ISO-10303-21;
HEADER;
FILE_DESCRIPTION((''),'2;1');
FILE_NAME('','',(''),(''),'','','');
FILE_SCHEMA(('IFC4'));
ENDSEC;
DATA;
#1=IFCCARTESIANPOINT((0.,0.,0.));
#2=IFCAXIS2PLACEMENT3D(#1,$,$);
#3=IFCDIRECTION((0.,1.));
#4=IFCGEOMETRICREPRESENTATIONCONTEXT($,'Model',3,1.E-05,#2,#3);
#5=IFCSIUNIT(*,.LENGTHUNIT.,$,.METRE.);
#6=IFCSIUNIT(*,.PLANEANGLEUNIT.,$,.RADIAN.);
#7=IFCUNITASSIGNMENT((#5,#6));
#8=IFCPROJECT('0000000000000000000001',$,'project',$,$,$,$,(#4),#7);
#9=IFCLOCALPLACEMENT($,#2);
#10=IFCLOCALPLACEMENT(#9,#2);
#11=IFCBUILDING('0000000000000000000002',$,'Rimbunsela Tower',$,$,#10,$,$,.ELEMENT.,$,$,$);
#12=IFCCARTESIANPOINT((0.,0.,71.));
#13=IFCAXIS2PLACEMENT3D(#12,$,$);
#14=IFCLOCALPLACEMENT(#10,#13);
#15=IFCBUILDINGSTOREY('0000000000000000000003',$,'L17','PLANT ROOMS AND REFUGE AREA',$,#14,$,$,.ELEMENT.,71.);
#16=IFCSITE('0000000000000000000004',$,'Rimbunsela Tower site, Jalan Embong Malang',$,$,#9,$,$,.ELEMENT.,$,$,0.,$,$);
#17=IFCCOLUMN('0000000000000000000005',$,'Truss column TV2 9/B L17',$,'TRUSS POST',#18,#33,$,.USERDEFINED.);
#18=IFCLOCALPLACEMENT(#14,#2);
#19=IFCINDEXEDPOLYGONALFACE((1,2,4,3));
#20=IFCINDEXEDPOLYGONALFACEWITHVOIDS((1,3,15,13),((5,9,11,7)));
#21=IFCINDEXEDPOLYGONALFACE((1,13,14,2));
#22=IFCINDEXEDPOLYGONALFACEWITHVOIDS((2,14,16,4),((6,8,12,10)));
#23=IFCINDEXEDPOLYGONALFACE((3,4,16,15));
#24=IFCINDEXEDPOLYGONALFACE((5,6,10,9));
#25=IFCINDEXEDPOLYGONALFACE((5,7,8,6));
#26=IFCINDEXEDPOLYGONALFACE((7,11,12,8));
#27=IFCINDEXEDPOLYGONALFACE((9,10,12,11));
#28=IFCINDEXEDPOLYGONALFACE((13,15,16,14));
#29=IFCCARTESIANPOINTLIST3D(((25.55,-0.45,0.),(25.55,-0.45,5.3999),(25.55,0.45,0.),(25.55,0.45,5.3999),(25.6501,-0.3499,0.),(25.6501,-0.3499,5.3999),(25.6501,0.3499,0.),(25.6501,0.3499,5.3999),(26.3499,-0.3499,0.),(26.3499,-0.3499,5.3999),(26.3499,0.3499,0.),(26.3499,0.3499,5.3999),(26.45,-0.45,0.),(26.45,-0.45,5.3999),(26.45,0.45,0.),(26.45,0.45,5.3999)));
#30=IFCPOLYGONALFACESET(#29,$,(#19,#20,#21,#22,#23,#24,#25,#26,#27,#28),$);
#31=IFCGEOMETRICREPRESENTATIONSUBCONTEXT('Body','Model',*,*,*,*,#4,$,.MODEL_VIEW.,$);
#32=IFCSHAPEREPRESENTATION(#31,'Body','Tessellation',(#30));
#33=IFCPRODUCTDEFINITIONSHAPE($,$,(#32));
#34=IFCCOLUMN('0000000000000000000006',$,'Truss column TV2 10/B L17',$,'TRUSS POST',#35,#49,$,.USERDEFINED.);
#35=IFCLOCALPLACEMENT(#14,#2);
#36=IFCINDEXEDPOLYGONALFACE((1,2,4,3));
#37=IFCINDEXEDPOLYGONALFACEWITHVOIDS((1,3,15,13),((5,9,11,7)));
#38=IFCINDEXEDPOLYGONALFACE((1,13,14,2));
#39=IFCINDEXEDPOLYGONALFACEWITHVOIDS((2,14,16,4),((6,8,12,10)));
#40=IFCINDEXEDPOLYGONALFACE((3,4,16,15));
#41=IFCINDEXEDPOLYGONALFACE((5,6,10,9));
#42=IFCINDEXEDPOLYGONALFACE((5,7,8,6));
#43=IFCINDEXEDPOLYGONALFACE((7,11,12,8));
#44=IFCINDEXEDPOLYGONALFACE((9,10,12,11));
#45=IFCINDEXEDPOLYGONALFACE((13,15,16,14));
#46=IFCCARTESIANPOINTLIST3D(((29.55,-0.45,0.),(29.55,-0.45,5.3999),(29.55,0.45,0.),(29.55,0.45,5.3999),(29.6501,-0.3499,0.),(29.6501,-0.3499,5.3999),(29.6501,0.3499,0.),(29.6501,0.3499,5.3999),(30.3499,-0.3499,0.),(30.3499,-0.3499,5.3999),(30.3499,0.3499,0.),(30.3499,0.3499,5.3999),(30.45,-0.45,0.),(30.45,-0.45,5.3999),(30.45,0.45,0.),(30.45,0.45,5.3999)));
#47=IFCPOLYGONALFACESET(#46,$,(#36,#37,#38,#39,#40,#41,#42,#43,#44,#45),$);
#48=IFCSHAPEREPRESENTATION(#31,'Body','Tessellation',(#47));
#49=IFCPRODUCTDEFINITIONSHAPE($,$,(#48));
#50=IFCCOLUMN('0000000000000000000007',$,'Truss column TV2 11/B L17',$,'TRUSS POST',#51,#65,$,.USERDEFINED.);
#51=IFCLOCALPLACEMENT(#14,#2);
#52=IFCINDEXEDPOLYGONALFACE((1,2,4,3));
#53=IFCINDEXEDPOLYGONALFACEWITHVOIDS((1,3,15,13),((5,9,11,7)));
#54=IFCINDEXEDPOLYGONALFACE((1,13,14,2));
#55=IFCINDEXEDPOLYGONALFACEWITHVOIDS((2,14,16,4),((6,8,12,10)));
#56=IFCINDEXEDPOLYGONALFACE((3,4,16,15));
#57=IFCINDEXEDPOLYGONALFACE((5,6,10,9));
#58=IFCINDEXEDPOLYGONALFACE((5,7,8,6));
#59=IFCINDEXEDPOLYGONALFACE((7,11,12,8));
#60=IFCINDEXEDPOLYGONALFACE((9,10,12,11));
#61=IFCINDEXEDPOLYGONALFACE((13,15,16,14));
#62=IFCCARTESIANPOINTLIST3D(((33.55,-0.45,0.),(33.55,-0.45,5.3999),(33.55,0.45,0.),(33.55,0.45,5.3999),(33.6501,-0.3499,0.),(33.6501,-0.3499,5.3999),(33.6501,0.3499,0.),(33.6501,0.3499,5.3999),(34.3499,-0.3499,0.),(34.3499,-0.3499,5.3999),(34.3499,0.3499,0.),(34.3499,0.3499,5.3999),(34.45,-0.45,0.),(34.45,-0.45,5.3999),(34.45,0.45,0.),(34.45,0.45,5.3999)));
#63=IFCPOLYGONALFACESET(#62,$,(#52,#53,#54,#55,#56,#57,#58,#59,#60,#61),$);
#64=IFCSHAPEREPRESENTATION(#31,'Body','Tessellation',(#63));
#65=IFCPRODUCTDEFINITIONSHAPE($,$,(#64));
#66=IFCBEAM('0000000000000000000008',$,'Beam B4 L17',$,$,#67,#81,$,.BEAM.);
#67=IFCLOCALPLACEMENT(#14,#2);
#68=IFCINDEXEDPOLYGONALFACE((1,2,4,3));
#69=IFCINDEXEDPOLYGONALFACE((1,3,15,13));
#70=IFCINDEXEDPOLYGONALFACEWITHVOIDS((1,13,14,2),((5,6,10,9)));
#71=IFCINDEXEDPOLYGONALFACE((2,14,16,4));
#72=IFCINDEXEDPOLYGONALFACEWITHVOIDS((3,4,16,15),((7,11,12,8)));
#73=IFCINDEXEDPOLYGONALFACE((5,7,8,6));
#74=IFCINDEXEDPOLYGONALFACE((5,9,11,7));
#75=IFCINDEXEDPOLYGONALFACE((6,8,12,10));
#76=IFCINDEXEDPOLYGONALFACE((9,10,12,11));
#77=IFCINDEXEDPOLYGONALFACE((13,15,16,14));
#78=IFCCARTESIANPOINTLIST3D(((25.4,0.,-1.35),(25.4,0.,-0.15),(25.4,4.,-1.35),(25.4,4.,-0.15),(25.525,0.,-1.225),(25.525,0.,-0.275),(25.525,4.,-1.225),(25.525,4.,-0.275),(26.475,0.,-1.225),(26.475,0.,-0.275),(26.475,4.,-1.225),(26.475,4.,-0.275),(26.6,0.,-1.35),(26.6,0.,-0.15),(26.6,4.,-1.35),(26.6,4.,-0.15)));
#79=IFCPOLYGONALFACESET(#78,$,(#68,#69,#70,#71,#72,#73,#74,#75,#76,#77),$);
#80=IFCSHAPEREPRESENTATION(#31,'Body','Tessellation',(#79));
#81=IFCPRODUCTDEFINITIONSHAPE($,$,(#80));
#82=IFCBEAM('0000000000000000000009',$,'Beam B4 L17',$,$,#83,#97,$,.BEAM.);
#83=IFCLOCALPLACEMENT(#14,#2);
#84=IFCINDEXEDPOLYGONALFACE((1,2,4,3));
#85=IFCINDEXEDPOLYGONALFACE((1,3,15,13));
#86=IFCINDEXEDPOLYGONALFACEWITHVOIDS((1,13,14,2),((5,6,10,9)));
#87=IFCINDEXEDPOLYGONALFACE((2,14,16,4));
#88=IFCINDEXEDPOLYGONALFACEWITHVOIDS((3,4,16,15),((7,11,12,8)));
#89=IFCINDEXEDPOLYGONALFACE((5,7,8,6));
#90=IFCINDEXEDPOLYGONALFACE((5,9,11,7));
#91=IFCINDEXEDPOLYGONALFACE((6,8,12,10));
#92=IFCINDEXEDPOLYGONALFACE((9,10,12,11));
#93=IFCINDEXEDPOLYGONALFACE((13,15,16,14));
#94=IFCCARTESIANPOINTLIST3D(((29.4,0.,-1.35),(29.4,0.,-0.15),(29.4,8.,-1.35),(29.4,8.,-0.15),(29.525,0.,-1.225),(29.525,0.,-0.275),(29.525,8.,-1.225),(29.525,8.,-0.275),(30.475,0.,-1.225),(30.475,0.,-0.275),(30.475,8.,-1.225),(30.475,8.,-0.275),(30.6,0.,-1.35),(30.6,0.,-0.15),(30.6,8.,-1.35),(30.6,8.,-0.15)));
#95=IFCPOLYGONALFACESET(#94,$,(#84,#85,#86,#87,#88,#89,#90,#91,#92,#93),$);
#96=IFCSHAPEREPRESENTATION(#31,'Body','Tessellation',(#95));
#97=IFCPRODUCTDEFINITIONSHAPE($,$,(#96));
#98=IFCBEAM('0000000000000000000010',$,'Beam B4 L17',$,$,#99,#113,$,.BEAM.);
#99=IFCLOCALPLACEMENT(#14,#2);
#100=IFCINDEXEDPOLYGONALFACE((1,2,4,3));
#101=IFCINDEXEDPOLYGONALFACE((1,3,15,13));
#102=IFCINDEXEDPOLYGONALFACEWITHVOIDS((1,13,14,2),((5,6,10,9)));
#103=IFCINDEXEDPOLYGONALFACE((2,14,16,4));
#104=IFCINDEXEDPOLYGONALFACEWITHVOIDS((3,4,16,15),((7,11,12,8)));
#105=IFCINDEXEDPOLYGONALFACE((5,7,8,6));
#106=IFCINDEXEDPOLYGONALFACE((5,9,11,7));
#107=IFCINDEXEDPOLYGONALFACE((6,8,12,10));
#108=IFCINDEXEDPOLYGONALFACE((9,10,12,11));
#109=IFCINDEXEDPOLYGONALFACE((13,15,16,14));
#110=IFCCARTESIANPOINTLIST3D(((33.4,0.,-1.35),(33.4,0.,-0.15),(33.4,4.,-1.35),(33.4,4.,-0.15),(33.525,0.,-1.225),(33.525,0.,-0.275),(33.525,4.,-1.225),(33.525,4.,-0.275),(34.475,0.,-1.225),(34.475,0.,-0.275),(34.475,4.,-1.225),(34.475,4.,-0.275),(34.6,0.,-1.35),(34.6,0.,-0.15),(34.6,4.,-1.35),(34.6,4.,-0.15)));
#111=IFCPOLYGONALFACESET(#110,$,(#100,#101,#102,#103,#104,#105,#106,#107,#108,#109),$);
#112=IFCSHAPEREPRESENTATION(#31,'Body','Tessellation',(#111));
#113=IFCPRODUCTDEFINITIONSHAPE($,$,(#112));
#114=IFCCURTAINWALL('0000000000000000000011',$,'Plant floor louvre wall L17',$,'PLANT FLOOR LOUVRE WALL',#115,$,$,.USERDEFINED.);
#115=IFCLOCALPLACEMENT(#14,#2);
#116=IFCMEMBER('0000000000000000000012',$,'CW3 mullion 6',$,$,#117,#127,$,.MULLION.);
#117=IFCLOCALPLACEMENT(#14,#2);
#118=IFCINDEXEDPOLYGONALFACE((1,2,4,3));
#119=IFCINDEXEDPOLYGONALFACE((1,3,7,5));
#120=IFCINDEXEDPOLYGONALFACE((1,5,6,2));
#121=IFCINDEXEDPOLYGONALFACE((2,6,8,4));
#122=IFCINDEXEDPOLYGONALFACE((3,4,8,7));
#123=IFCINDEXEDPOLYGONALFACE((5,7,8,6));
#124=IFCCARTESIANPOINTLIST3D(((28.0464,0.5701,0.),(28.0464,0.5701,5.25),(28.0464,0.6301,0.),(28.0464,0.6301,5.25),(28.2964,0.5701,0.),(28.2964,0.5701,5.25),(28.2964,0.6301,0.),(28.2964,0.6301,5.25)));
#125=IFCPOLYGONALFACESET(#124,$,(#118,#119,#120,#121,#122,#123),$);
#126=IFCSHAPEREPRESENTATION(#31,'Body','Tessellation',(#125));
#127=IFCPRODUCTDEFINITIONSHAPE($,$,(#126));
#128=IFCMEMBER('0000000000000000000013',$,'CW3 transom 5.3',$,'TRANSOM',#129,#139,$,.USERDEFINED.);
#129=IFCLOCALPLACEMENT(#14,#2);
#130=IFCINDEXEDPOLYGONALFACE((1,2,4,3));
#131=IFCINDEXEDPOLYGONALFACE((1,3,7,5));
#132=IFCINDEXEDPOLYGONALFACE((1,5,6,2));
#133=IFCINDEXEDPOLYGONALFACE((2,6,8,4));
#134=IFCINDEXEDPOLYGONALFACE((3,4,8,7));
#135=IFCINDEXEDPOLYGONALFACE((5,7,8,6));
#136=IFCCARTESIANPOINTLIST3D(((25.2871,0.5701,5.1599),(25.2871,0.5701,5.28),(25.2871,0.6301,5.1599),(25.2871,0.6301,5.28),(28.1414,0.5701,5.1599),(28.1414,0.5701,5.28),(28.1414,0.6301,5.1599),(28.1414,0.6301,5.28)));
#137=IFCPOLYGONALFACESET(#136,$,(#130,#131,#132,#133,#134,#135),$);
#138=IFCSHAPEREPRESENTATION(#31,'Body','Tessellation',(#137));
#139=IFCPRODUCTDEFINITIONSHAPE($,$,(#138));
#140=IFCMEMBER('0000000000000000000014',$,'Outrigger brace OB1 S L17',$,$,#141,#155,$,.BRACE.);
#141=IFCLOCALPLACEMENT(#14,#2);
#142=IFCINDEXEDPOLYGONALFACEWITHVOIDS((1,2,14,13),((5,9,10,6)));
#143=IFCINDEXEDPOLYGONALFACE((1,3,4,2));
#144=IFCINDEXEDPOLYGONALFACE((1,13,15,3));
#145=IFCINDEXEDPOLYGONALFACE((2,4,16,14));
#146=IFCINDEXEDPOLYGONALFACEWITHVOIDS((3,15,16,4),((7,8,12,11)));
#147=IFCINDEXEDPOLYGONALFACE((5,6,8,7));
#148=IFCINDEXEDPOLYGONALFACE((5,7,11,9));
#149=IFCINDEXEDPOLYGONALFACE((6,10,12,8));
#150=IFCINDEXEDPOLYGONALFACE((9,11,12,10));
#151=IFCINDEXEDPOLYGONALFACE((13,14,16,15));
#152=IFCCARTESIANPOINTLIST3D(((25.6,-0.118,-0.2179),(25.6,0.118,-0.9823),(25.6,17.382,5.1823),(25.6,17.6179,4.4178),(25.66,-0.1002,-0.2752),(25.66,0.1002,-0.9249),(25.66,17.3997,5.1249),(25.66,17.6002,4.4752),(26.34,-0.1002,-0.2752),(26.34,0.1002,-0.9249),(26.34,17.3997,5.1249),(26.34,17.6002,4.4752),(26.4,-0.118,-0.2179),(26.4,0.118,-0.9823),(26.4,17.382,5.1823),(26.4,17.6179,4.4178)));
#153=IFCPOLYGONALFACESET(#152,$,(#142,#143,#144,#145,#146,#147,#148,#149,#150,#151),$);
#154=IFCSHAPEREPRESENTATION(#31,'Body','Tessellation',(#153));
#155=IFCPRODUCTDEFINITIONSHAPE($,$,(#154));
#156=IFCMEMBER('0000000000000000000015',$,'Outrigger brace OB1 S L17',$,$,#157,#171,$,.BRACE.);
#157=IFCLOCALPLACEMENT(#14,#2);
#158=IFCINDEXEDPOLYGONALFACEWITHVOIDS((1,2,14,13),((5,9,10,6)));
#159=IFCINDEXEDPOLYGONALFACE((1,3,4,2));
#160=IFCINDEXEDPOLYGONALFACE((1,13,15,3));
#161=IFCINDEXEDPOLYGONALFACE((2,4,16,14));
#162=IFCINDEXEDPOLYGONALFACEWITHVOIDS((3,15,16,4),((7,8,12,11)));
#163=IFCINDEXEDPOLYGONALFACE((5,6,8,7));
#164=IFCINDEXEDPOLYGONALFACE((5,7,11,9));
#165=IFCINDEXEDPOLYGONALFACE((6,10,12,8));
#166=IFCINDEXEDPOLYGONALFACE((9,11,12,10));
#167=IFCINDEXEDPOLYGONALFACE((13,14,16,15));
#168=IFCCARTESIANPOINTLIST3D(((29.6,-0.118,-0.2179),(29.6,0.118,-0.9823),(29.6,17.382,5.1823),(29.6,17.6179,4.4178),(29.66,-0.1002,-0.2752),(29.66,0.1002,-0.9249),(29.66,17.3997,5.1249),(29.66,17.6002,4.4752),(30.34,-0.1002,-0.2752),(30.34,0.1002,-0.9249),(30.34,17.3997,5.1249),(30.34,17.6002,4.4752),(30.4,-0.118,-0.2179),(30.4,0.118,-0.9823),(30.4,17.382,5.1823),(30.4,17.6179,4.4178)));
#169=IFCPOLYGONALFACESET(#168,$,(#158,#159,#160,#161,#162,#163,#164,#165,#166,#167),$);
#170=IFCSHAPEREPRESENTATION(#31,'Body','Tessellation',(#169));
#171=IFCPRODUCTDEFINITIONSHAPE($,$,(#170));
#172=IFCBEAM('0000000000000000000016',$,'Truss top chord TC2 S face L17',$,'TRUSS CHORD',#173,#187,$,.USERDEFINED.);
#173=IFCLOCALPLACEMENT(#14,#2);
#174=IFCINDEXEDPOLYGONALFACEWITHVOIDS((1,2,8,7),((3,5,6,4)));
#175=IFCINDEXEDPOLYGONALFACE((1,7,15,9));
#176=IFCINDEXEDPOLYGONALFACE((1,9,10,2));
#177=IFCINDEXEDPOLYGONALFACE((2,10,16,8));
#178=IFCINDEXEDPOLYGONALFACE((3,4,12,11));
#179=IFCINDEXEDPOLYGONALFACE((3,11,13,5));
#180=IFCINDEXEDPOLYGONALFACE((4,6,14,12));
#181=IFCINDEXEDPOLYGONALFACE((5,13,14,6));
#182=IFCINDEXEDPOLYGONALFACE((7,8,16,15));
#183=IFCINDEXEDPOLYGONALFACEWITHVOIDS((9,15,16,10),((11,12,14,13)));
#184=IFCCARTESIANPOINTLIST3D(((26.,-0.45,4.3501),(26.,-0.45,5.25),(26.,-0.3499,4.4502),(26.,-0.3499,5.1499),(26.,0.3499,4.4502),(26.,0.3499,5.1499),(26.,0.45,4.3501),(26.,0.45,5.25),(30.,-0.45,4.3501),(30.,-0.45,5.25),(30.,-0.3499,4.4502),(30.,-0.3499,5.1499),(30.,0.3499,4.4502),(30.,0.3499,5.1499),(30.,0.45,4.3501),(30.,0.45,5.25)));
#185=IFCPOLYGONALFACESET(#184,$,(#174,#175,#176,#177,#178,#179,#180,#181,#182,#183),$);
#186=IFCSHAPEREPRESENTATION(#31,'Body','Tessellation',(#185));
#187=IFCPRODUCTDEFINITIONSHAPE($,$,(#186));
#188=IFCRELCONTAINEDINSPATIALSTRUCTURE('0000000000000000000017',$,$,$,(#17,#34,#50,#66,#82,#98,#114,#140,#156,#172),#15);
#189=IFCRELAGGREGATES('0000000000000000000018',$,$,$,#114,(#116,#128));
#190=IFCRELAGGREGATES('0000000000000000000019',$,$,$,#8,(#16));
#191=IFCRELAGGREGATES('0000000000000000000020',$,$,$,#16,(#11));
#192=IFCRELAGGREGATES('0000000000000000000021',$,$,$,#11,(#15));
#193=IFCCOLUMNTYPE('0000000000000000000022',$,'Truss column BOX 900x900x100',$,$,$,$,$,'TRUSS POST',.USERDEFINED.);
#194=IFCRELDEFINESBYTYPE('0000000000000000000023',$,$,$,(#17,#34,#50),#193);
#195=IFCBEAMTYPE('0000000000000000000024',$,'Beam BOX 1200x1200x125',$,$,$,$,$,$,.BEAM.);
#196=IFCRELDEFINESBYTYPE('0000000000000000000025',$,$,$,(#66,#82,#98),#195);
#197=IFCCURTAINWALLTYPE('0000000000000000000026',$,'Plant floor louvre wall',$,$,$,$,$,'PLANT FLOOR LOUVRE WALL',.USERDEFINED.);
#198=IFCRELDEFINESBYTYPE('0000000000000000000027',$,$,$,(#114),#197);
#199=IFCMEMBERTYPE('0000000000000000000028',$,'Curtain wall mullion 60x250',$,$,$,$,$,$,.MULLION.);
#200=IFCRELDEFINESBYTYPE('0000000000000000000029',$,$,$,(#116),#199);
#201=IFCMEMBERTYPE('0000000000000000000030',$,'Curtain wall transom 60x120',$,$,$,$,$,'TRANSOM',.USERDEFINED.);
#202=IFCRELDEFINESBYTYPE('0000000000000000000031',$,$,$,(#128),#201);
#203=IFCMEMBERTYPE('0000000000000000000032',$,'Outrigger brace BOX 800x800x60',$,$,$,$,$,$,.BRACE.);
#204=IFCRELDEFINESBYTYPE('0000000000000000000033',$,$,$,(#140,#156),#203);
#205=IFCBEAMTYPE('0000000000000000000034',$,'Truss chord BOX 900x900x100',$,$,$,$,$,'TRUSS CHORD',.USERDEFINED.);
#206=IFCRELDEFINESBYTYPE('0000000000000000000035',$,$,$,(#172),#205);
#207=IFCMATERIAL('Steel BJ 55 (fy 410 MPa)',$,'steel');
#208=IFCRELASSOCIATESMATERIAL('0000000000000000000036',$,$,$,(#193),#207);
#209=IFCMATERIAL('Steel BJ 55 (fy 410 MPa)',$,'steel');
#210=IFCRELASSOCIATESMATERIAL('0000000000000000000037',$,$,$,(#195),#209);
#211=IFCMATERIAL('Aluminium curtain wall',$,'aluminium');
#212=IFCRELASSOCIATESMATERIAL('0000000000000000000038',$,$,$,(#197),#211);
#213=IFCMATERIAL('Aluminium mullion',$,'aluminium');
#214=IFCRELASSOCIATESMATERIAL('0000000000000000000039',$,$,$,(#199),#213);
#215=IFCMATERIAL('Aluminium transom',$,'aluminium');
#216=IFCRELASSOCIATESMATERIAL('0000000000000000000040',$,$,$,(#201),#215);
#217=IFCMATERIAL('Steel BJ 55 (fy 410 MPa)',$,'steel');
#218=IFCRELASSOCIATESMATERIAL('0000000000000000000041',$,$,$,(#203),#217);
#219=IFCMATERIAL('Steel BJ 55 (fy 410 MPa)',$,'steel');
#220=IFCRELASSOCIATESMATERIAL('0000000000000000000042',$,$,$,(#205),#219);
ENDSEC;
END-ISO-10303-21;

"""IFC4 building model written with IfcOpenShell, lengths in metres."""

from ifc_helpers import new_model, si_unit, direction, frame, origin, origin_2d, place, context, subcontext, project, spatial, rectangle, hollow_rectangle, extrude, material, material_profile, profile_set, type_object, element, aggregate, save


model = new_model("IFC4")

# Units and contexts
model_context = context("Model", 3, precision=1e-05, world=origin(), true_north=direction((0.0, 1.0)))
body_context = subcontext(model_context, "Body", "Model", "MODEL_VIEW")
ifc_project = project(units=[si_unit("LENGTHUNIT", "METRE"), si_unit("PLANEANGLEUNIT", "RADIAN")], contexts=[model_context])

# Site, building, storey
site_placement = place(None, origin())
site = spatial("IfcSite", under=ifc_project, at=site_placement, Name="Rimbunsela Tower site, Jalan Embong Malang", CompositionType="ELEMENT", RefElevation=0.0)
building_placement = place(site_placement, origin())
building = spatial("IfcBuilding", under=site, at=building_placement, Name="Rimbunsela Tower", CompositionType="ELEMENT")
storey_placement = place(building_placement, frame((0.0, 0.0, 71.0)))
storey = spatial("IfcBuildingStorey", under=building, at=storey_placement, Name="L17", Description="PLANT ROOMS AND REFUGE AREA", CompositionType="ELEMENT", Elevation=71.0)

# Columns
ifc_material_1 = material(Name="Steel BJ 55 (fy 410 MPa)", Category="steel")
ifc_material_profile_1 = material_profile(ifc_material_1, hollow_rectangle(XDim=0.8999, YDim=0.8999, WallThickness=0.1001, at=origin_2d()), Name="BOX 900x900x100")
ifc_profile_set_1 = profile_set([ifc_material_profile_1], Name="Steel BJ 55 (fy 410 MPa)")
column_type = type_object("IfcColumnType", Name="Truss column BOX 900x900x100", ElementType="TRUSS POST", PredefinedType="USERDEFINED", material=ifc_profile_set_1)
for number, where, z_axis, x_axis, name in (
    (1, (26.0, 0.0, 0.0), (0.0, 0.0, 1.0), (1.0, 0.0, 0.0), "Truss column TV2 9/B L17"),
    (2, (30.0, 0.0, 0.0), (0.0, 0.0, 1.0), (1.0, 0.0, 0.0), "Truss column TV2 10/B L17"),
    (3, (34.0, 0.0, 0.0), (0.0, 0.0, 1.0), (1.0, 0.0, 0.0), "Truss column TV2 11/B L17"),
):
    element("IfcColumn", number, at=place(storey_placement, frame(where, z_axis=z_axis, x_axis=x_axis)), inside=storey, type_object=column_type, Name=name, ObjectType="TRUSS POST", PredefinedType="USERDEFINED", context=body_context, shape_type="SweptSolid", body=[
        extrude(hollow_rectangle(XDim=0.8999, YDim=0.8999, WallThickness=0.1001, at=origin_2d()), origin(), (0.0, 0.0, 1.0), 5.3999),
    ])

# Beams
ifc_material_2 = material(Name="Steel BJ 55 (fy 410 MPa)", Category="steel")
ifc_material_profile_2 = material_profile(ifc_material_2, hollow_rectangle(XDim=1.2, YDim=1.2, WallThickness=0.125, at=origin_2d()), Name="BOX 1200x1200x125")
ifc_profile_set_2 = profile_set([ifc_material_profile_2], Name="Steel BJ 55 (fy 410 MPa)")
beam_type_1 = type_object("IfcBeamType", Name="Beam BOX 1200x1200x125", PredefinedType="BEAM", material=ifc_profile_set_2)
beam_1_placement = place(storey_placement, frame((26.0, 0.0, -0.75), z_axis=(0.0, 1.0, 0.0), x_axis=(-1.0, 0.0, 0.0)))
element("IfcBeam", 4, at=beam_1_placement, inside=storey, type_object=beam_type_1, Name="Beam B4 L17", PredefinedType="BEAM", context=body_context, shape_type="SweptSolid", body=[
    extrude(hollow_rectangle(XDim=1.2, YDim=1.2, WallThickness=0.125, at=origin_2d()), origin(), (0.0, 0.0, 1.0), 4.0),
])
beam_2_placement = place(storey_placement, frame((30.0, 0.0, -0.75), z_axis=(0.0, 1.0, 0.0), x_axis=(-1.0, 0.0, 0.0)))
element("IfcBeam", 5, at=beam_2_placement, inside=storey, type_object=beam_type_1, Name="Beam B4 L17", PredefinedType="BEAM", context=body_context, shape_type="SweptSolid", body=[
    extrude(hollow_rectangle(XDim=1.2, YDim=1.2, WallThickness=0.125, at=origin_2d()), origin(), (0.0, 0.0, 1.0), 8.0),
])
beam_3_placement = place(storey_placement, frame((34.0, 0.0, -0.75), z_axis=(0.0, 1.0, 0.0), x_axis=(-1.0, 0.0, 0.0)))
element("IfcBeam", 6, at=beam_3_placement, inside=storey, type_object=beam_type_1, Name="Beam B4 L17", PredefinedType="BEAM", context=body_context, shape_type="SweptSolid", body=[
    extrude(hollow_rectangle(XDim=1.2, YDim=1.2, WallThickness=0.125, at=origin_2d()), origin(), (0.0, 0.0, 1.0), 4.0),
])

# Curtain wall, members
ifc_material_3 = material(Name="Aluminium curtain wall", Category="aluminium")
curtain_wall_type = type_object("IfcCurtainWallType", Name="Plant floor louvre wall", ElementType="PLANT FLOOR LOUVRE WALL", PredefinedType="USERDEFINED", material=ifc_material_3)
curtain_wall_placement = place(storey_placement, origin())
curtain_wall = element("IfcCurtainWall", 7, at=curtain_wall_placement, inside=storey, type_object=curtain_wall_type, Name="Plant floor louvre wall L17", ObjectType="PLANT FLOOR LOUVRE WALL", PredefinedType="USERDEFINED")
ifc_material_4 = material(Name="Aluminium mullion", Category="aluminium")
ifc_material_profile_3 = material_profile(ifc_material_4, rectangle(XDim=0.0601, YDim=0.25, at=origin_2d()), Name="Mullion 60x250")
ifc_profile_set_3 = profile_set([ifc_material_profile_3], Name="Aluminium mullion")
member_type_1 = type_object("IfcMemberType", Name="Curtain wall mullion 60x250", PredefinedType="MULLION", material=ifc_profile_set_3)
member_1_placement = place(storey_placement, frame((28.1714, 0.6001, 0.0), z_axis=(0.0, 0.0, 1.0), x_axis=(0.0, 1.0, 0.0)))
member_1 = element("IfcMember", 8, at=member_1_placement, type_object=member_type_1, Name="CW3 mullion 6", PredefinedType="MULLION", context=body_context, shape_type="SweptSolid", body=[
    extrude(rectangle(XDim=0.0601, YDim=0.25, at=origin_2d()), origin(), (0.0, 0.0, 1.0), 5.25),
])
ifc_material_5 = material(Name="Aluminium transom", Category="aluminium")
ifc_material_profile_4 = material_profile(ifc_material_5, rectangle(XDim=0.0601, YDim=0.1201, at=origin_2d()), Name="Transom 60x120")
ifc_profile_set_4 = profile_set([ifc_material_profile_4], Name="Aluminium transom")
member_type_2 = type_object("IfcMemberType", Name="Curtain wall transom 60x120", ElementType="TRANSOM", PredefinedType="USERDEFINED", material=ifc_profile_set_4)
member_2_placement = place(storey_placement, frame((25.2871, 0.6001, 5.22), z_axis=(1.0, 0.0, 0.0), x_axis=(0.0, 1.0, 0.0)))
member_2 = element("IfcMember", 9, at=member_2_placement, type_object=member_type_2, Name="CW3 transom 5.3", ObjectType="TRANSOM", PredefinedType="USERDEFINED", context=body_context, shape_type="SweptSolid", body=[
    extrude(rectangle(XDim=0.0601, YDim=0.1201, at=origin_2d()), origin(), (0.0, 0.0, 1.0), 2.8542),
])

# Members
ifc_material_6 = material(Name="Steel BJ 55 (fy 410 MPa)", Category="steel")
ifc_material_profile_5 = material_profile(ifc_material_6, hollow_rectangle(XDim=0.8, YDim=0.8, WallThickness=0.0601, at=origin_2d()), Name="BOX 800x800x60")
ifc_profile_set_5 = profile_set([ifc_material_profile_5], Name="Steel BJ 55 (fy 410 MPa)")
member_type_3 = type_object("IfcMemberType", Name="Outrigger brace BOX 800x800x60", PredefinedType="BRACE", material=ifc_profile_set_5)
for number, where, z_axis, x_axis, name in (
    (10, (26.0, 0.0, -0.6001), (0.0, 0.95554, 0.29486), (-1.0, 0.0, 0.0), "Outrigger brace OB1 S L17"),
    (11, (30.0, 0.0, -0.6001), (0.0, 0.95554, 0.29486), (-1.0, 0.0, 0.0), "Outrigger brace OB1 S L17"),
):
    element("IfcMember", number, at=place(storey_placement, frame(where, z_axis=z_axis, x_axis=x_axis)), inside=storey, type_object=member_type_3, Name=name, PredefinedType="BRACE", context=body_context, shape_type="SweptSolid", body=[
        extrude(hollow_rectangle(XDim=0.8, YDim=0.8, WallThickness=0.0601, at=origin_2d()), origin(), (0.0, 0.0, 1.0), 18.3142),
    ])

# Beam
ifc_material_7 = material(Name="Steel BJ 55 (fy 410 MPa)", Category="steel")
ifc_material_profile_6 = material_profile(ifc_material_7, hollow_rectangle(XDim=0.8999, YDim=0.8999, WallThickness=0.1001, at=origin_2d()), Name="BOX 900x900x100")
ifc_profile_set_6 = profile_set([ifc_material_profile_6], Name="Steel BJ 55 (fy 410 MPa)")
beam_type_2 = type_object("IfcBeamType", Name="Truss chord BOX 900x900x100", ElementType="TRUSS CHORD", PredefinedType="USERDEFINED", material=ifc_profile_set_6)
for number, where, z_axis, x_axis, name in (
    (12, (26.0, 0.0, 4.8), (1.0, 0.0, 0.0), (0.0, 1.0, 0.0), "Truss top chord TC2 S face L17"),
):
    element("IfcBeam", number, at=place(storey_placement, frame(where, z_axis=z_axis, x_axis=x_axis)), inside=storey, type_object=beam_type_2, Name=name, ObjectType="TRUSS CHORD", PredefinedType="USERDEFINED", context=body_context, shape_type="SweptSolid", body=[
        extrude(hollow_rectangle(XDim=0.8999, YDim=0.8999, WallThickness=0.1001, at=origin_2d()), origin(), (0.0, 0.0, 1.0), 4.0),
    ])

aggregate(curtain_wall, [member_1, member_2])

save(model, "model.ifc")
